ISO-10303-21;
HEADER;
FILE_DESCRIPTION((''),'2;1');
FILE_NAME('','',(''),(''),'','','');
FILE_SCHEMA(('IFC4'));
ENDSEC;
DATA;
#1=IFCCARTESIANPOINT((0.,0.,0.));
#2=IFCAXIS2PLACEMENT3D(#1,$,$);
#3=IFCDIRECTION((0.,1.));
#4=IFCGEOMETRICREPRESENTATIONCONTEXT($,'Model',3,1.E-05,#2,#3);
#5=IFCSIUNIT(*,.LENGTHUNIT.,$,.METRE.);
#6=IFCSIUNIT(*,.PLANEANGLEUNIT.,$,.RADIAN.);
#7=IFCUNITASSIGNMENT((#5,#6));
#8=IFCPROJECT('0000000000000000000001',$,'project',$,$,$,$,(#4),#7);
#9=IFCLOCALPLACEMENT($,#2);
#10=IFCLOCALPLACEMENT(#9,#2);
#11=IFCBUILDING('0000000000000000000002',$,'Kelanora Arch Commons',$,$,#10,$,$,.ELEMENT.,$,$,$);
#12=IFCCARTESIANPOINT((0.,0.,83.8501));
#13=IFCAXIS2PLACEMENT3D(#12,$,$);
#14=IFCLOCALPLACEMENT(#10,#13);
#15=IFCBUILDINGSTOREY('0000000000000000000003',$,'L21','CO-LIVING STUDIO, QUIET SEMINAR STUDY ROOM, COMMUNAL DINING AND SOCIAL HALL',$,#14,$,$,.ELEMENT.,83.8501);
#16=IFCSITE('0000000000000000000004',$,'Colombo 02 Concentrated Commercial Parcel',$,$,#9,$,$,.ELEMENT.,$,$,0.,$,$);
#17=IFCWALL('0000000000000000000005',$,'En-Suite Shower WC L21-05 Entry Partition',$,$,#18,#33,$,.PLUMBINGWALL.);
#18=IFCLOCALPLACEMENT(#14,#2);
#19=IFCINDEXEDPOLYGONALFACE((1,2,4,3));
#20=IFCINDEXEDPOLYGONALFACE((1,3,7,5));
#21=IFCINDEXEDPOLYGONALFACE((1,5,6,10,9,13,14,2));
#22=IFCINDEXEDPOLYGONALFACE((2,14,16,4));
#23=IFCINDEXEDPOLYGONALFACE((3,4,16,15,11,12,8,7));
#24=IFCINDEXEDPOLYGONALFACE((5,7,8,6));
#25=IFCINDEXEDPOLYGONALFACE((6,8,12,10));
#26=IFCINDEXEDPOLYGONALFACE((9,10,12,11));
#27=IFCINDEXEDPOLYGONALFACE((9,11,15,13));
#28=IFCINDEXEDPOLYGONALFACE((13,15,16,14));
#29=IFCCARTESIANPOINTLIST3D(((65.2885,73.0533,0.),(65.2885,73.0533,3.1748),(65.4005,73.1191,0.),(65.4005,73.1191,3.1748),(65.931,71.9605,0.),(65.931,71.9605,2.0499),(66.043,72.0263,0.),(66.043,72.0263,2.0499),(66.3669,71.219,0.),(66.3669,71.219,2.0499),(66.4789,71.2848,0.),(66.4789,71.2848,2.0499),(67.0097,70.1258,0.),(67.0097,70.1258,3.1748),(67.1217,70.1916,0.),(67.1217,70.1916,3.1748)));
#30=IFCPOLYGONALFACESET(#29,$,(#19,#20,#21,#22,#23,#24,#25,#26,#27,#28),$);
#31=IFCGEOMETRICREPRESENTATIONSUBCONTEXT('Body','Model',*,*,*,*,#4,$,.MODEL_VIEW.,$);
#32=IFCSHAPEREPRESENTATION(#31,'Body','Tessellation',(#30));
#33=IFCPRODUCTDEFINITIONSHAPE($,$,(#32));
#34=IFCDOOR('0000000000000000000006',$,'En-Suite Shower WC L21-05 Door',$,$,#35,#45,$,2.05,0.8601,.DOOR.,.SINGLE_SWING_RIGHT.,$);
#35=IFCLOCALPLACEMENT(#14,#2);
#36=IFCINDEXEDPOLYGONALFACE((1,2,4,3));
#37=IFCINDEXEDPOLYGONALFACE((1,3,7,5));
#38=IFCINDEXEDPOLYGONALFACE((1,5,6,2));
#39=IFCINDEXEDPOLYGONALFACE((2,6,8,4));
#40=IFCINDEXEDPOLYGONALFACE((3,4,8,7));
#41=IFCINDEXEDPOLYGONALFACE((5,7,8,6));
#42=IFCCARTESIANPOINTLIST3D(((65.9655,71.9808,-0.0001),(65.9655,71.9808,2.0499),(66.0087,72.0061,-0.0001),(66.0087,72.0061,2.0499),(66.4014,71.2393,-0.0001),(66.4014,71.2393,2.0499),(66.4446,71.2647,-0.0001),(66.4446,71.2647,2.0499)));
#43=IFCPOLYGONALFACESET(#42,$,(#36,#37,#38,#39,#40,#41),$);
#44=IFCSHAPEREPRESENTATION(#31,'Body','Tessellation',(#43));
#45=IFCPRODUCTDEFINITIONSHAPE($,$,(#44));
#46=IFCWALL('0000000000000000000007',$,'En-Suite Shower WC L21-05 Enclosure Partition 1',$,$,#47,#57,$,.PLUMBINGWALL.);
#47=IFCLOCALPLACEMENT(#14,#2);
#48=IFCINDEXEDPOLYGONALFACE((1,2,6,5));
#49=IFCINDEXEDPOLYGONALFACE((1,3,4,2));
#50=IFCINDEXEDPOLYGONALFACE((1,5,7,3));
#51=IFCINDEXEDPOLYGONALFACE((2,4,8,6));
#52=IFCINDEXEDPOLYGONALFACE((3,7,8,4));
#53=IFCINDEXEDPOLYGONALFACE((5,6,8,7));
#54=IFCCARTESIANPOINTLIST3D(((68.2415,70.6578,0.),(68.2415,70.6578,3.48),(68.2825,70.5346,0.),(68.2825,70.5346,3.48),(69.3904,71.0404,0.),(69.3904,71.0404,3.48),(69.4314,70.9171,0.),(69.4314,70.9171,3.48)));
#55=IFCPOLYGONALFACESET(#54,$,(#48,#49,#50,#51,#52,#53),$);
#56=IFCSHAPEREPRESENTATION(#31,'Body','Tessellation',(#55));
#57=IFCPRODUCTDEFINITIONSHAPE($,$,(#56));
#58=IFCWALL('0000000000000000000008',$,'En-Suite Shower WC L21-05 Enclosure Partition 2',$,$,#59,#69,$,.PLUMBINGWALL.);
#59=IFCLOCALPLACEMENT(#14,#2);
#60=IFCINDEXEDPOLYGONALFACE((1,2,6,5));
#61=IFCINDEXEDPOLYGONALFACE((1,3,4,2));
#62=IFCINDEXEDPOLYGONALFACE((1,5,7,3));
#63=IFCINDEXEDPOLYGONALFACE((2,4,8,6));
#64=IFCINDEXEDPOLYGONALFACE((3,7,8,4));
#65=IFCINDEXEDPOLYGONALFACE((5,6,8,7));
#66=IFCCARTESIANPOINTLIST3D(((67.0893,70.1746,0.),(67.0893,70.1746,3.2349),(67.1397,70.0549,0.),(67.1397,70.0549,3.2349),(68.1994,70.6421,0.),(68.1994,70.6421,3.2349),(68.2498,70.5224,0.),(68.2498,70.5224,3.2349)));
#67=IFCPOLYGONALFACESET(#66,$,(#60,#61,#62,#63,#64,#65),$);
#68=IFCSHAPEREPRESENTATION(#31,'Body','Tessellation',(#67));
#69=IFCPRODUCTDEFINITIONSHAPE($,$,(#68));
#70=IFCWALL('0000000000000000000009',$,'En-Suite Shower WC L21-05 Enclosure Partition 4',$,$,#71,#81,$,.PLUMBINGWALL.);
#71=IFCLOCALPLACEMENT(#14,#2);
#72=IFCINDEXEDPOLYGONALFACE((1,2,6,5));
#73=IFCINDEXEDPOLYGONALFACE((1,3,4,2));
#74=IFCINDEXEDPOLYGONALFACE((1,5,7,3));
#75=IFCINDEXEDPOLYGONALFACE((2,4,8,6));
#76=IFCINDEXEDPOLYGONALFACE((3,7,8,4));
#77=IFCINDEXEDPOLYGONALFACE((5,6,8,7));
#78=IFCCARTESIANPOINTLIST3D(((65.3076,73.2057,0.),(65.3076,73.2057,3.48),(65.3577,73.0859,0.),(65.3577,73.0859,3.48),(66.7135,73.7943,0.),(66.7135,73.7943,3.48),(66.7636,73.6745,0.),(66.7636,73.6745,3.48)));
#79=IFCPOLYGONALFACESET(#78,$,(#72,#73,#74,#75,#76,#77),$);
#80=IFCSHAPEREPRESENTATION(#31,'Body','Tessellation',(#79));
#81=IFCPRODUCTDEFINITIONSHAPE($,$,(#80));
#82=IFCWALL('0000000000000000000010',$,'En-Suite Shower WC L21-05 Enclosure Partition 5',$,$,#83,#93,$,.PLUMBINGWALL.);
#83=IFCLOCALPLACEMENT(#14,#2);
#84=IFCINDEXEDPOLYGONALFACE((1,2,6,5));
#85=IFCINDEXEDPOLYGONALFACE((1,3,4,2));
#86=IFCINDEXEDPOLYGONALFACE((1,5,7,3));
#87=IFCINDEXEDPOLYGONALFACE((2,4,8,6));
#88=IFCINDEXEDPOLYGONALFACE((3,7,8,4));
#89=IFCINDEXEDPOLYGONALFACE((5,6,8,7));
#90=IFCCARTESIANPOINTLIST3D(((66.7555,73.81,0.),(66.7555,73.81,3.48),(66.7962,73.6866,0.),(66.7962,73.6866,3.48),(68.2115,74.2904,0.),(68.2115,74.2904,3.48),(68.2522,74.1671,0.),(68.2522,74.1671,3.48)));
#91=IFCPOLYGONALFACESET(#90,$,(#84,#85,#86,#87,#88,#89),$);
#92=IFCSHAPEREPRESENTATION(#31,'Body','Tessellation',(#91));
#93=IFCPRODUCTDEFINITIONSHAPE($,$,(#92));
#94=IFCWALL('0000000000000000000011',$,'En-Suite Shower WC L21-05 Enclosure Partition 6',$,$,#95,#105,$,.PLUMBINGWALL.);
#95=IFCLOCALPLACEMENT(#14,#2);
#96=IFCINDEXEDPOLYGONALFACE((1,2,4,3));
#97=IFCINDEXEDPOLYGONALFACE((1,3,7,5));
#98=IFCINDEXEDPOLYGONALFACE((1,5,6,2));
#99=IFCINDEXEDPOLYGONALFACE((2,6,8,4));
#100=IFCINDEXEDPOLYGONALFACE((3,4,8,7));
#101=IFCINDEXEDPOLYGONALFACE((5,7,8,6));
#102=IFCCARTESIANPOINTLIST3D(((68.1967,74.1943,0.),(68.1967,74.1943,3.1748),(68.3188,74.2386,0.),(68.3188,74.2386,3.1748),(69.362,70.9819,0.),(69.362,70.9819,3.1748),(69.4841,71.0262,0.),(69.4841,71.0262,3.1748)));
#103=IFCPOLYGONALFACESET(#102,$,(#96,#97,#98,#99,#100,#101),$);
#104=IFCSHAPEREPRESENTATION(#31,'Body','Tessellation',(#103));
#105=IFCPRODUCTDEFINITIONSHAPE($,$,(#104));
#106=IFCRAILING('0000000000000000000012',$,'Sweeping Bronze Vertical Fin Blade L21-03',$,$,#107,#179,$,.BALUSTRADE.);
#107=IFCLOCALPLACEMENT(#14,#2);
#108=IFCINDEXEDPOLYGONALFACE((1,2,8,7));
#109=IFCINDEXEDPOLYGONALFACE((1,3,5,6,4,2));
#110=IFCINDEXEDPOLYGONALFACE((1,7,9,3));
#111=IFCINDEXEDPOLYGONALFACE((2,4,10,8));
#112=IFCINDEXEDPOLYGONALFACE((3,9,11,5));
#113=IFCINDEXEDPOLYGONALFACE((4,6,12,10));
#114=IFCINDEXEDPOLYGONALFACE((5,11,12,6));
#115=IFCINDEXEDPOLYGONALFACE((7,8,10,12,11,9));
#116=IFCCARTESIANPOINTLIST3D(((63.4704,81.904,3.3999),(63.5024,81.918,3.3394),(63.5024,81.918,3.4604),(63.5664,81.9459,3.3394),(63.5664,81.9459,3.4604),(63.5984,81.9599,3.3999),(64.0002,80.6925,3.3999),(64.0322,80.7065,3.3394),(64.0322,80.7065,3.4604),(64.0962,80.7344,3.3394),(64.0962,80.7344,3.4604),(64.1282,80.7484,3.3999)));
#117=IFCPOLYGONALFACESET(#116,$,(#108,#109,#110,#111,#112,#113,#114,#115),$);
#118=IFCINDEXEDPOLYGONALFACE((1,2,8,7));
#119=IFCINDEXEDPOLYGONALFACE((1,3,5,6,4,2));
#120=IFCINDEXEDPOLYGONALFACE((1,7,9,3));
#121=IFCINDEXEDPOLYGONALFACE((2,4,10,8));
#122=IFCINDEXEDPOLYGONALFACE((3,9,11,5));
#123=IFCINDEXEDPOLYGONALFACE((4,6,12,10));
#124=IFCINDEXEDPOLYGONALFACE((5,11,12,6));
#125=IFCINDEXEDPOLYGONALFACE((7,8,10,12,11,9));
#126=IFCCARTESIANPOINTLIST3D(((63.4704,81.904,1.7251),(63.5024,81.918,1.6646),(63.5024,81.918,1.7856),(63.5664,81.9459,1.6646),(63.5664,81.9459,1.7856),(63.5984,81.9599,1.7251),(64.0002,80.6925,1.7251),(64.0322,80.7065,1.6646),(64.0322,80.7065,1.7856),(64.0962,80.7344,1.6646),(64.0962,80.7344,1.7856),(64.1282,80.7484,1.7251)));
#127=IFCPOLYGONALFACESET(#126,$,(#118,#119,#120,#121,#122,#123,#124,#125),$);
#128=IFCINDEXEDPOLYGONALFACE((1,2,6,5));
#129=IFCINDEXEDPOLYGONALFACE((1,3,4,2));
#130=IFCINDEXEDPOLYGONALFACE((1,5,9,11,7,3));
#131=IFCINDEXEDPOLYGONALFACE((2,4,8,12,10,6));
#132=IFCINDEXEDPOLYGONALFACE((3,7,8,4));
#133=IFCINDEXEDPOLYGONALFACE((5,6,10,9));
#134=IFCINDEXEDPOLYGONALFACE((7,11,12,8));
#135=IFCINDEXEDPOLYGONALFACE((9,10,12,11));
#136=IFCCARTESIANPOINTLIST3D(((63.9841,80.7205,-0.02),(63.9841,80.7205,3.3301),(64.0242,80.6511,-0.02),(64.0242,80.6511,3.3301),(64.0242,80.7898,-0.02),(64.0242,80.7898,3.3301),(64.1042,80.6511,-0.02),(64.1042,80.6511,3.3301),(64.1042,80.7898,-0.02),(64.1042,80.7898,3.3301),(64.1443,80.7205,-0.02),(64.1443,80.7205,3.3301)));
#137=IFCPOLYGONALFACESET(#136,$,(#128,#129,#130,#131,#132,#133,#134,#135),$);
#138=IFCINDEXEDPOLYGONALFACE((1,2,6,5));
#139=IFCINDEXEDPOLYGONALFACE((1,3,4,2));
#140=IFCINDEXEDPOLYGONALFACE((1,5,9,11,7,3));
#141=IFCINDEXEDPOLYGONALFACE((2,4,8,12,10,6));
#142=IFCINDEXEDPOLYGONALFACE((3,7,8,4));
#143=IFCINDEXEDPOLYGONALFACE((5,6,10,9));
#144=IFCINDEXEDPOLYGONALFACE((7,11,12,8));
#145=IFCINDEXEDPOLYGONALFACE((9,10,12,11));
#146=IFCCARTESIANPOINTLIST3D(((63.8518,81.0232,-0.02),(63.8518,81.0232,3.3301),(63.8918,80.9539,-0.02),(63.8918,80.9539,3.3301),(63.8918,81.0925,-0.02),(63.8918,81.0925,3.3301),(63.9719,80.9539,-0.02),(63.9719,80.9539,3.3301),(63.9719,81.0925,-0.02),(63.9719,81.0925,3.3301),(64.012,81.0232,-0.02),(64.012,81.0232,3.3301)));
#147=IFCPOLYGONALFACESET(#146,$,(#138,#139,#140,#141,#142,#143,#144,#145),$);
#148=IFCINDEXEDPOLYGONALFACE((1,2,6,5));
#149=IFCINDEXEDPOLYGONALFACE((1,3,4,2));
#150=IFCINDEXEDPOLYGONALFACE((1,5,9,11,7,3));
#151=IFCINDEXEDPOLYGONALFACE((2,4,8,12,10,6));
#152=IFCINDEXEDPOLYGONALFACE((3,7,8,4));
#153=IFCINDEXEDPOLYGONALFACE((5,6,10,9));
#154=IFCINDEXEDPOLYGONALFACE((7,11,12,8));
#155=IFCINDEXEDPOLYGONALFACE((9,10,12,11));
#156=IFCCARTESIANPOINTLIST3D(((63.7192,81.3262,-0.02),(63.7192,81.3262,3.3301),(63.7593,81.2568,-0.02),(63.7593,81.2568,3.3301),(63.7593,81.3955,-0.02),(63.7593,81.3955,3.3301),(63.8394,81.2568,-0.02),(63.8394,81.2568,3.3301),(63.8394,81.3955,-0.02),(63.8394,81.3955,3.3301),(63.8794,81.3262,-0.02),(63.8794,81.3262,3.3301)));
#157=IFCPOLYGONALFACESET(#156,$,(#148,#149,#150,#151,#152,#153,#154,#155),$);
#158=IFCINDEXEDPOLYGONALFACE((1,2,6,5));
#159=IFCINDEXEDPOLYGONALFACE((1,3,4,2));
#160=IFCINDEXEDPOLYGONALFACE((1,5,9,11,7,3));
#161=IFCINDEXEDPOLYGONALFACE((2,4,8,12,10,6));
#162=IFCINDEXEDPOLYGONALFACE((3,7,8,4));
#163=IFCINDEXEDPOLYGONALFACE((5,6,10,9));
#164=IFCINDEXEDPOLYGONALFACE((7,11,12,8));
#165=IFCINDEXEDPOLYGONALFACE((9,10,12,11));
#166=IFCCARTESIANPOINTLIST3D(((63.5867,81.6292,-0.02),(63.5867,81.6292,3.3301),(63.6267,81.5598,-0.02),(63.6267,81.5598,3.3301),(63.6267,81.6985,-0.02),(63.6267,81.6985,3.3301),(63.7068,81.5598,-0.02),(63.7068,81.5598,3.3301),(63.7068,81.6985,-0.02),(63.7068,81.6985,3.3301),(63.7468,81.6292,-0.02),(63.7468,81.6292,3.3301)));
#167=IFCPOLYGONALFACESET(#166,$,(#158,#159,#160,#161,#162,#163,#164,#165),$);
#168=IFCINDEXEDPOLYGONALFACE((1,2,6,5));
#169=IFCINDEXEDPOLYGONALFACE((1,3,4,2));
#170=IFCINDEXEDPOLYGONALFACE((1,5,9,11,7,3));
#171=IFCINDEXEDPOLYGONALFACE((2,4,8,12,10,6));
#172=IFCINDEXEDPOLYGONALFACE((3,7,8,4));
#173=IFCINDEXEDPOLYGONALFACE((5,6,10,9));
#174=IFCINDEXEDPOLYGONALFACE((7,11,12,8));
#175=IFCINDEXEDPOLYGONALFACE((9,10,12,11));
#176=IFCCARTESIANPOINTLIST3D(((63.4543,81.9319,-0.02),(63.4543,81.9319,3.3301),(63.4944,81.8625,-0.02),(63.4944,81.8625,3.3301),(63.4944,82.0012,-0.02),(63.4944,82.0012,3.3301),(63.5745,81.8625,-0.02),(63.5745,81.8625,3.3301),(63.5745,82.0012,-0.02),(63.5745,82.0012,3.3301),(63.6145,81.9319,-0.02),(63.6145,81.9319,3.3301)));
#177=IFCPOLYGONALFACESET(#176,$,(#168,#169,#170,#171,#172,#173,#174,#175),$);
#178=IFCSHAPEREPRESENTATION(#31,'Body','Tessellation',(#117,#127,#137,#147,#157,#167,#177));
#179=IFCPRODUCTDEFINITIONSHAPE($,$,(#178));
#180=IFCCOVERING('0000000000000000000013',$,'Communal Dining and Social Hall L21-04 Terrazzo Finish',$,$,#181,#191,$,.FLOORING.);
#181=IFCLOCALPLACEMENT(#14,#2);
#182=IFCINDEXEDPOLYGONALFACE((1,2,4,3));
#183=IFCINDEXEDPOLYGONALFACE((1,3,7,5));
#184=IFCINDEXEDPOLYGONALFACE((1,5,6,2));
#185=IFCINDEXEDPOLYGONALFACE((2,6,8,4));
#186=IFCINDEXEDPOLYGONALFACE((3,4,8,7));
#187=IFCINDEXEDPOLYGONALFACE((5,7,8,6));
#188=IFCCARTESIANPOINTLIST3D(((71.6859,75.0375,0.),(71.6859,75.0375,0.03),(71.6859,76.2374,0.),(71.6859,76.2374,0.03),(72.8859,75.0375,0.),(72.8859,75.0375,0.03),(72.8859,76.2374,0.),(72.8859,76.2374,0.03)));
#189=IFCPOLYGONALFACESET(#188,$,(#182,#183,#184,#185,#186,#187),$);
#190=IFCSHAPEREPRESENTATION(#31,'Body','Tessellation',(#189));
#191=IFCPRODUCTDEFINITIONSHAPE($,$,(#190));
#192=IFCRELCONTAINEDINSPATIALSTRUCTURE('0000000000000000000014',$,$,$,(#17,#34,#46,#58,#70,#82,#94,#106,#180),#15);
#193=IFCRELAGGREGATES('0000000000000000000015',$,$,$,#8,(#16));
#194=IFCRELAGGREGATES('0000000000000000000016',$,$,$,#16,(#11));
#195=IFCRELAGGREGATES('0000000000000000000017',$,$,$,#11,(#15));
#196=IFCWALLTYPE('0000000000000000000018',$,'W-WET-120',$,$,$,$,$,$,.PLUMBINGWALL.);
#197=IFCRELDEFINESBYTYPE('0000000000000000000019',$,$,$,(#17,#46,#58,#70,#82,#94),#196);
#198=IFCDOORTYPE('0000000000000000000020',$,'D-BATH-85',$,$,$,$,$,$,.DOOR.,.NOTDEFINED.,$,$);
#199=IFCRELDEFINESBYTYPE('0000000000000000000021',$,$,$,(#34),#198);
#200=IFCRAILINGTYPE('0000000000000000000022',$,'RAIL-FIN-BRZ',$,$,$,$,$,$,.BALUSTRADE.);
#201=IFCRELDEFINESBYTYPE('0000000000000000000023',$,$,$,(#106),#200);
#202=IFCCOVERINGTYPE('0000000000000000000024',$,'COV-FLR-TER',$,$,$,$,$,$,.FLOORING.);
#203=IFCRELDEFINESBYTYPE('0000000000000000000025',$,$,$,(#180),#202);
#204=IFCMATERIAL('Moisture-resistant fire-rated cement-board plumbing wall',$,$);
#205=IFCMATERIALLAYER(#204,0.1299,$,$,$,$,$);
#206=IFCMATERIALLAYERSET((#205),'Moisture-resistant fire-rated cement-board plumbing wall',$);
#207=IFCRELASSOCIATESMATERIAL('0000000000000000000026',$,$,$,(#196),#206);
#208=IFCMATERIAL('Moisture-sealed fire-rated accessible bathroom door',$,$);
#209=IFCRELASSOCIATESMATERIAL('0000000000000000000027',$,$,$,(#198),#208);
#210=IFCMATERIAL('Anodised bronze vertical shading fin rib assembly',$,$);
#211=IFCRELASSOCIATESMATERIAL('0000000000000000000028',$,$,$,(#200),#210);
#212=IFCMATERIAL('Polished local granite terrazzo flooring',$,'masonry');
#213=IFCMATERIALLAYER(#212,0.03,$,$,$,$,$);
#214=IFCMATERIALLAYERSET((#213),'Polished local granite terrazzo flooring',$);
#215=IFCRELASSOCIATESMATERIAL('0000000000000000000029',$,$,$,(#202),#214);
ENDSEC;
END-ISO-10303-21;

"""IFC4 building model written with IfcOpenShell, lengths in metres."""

from ifc_helpers import new_model, si_unit, direction, frame, frame_2d, origin, origin_2d, place, context, subcontext, project, spatial, polyline, rectangle, outline, extrude, source, transform, mapped, material, layer, layer_set, type_object, element, fill, save


model = new_model("IFC4")

# Units and contexts
model_context = context("Model", 3, precision=1e-05, world=origin(), true_north=direction((0.0, 1.0)))
body_context = subcontext(model_context, "Body", "Model", "MODEL_VIEW")
ifc_project = project(units=[si_unit("LENGTHUNIT", "METRE"), si_unit("PLANEANGLEUNIT", "RADIAN")], contexts=[model_context])

# Site, building, storey
site_placement = place(None, origin())
site = spatial("IfcSite", under=ifc_project, at=site_placement, Name="Colombo 02 Concentrated Commercial Parcel", CompositionType="ELEMENT", RefElevation=0.0)
building_placement = place(site_placement, origin())
building = spatial("IfcBuilding", under=site, at=building_placement, Name="Kelanora Arch Commons", CompositionType="ELEMENT")
storey_placement = place(building_placement, frame((0.0, 0.0, 83.8501)))
storey = spatial("IfcBuildingStorey", under=building, at=storey_placement, Name="L21", Description="CO-LIVING STUDIO, QUIET SEMINAR STUDY ROOM, COMMUNAL DINING AND SOCIAL HALL", CompositionType="ELEMENT", Elevation=83.8501)

# Wall, opening, door
ifc_material_1 = material(Name="Moisture-resistant fire-rated cement-board plumbing wall")
ifc_layer_1 = layer(ifc_material_1, 0.1299)
ifc_layer_set_1 = layer_set([ifc_layer_1], Name="Moisture-resistant fire-rated cement-board plumbing wall")
wall_type_1 = type_object("IfcWallType", Name="W-WET-120", PredefinedType="PLUMBINGWALL", material=ifc_layer_set_1)
wall_1_placement = place(storey_placement, frame((67.0657, 70.1587, 0.0), z_axis=(0.0, 0.0, 1.0), x_axis=(-0.506832, 0.862045, 0.0)))
wall_1 = element("IfcWall", 1, at=wall_1_placement, inside=storey, type_object=wall_type_1, Name="En-Suite Shower WC L21-05 Entry Partition", PredefinedType="PLUMBINGWALL", context=body_context, shape_type="SweptSolid", body=[
    extrude(rectangle(XDim=3.396, YDim=0.1299, at=frame_2d((1.698, 0.0))), origin(), (0.0, 0.0, 1.0), 3.1748),
])
opening_1_placement = place(wall_1_placement, frame((1.2681, 0.0, 0.0)))
opening_1 = element("IfcOpeningElement", 2, at=opening_1_placement, cuts=wall_1, PredefinedType="OPENING", context=body_context, shape_type="SweptSolid", body=[
    extrude(rectangle(XDim=0.8601, YDim=2.05, at=frame_2d((0.4302, 1.0249))), frame((0.0, 0.075, 0.0), z_axis=(0.0, -1.0, 0.0), x_axis=(1.0, 0.0, 0.0)), (0.0, 0.0, 1.0), 0.1499),
])
ifc_material_2 = material(Name="Moisture-sealed fire-rated accessible bathroom door")
door_type_1 = type_object("IfcDoorType", Name="D-BATH-85", OperationType="NOTDEFINED", PredefinedType="DOOR", material=ifc_material_2)
door_1_placement = place(opening_1_placement, origin())
door_1 = element("IfcDoor", 3, at=door_1_placement, inside=storey, type_object=door_type_1, Name="En-Suite Shower WC L21-05 Door", OperationType="SINGLE_SWING_RIGHT", OverallHeight=2.05, OverallWidth=0.8601, PredefinedType="DOOR", context=body_context, shape_type="SweptSolid", body=[
    extrude(rectangle(XDim=0.8601, YDim=2.05, at=frame_2d((0.4302, 1.0249))), frame((0.0, 0.0249, 0.0), z_axis=(0.0, -1.0, 0.0), x_axis=(1.0, 0.0, 0.0)), (0.0, 0.0, 1.0), 0.05),
])
fill(opening_1, door_1)

# Walls
wall_2_placement = place(storey_placement, frame((69.4109, 70.9788, 0.0), z_axis=(0.0, 0.0, 1.0), x_axis=(-0.948784, -0.315925, 0.0)))
element("IfcWall", 4, at=wall_2_placement, inside=storey, type_object=wall_type_1, Name="En-Suite Shower WC L21-05 Enclosure Partition 1", PredefinedType="PLUMBINGWALL", context=body_context, shape_type="SweptSolid", body=[
    extrude(rectangle(XDim=1.2109, YDim=0.1299, at=frame_2d((0.6055, 0.0))), origin(), (0.0, 0.0, 1.0), 3.48),
])
wall_3_placement = place(storey_placement, frame((68.2246, 70.5823, 0.0), z_axis=(0.0, 0.0, 1.0), x_axis=(-0.921601, -0.388139, 0.0)))
element("IfcWall", 5, at=wall_3_placement, inside=storey, type_object=wall_type_1, Name="En-Suite Shower WC L21-05 Enclosure Partition 2", PredefinedType="PLUMBINGWALL", context=body_context, shape_type="SweptSolid", body=[
    extrude(rectangle(XDim=1.2046, YDim=0.1299, at=frame_2d((0.6023, 0.0))), origin(), (0.0, 0.0, 1.0), 3.2349),
])
wall_4_placement = place(storey_placement, frame((65.3325, 73.1458, 0.0), z_axis=(0.0, 0.0, 1.0), x_axis=(0.922426, 0.386173, 0.0)))
element("IfcWall", 6, at=wall_4_placement, inside=storey, type_object=wall_type_1, Name="En-Suite Shower WC L21-05 Enclosure Partition 4", PredefinedType="PLUMBINGWALL", context=body_context, shape_type="SweptSolid", body=[
    extrude(rectangle(XDim=1.5242, YDim=0.1299, at=frame_2d((0.7622, 0.0))), origin(), (0.0, 0.0, 1.0), 3.48),
])
wall_5_placement = place(storey_placement, frame((66.7759, 73.7483, 0.0), z_axis=(0.0, 0.0, 1.0), x_axis=(0.949634, 0.31336, 0.0)))
element("IfcWall", 7, at=wall_5_placement, inside=storey, type_object=wall_type_1, Name="En-Suite Shower WC L21-05 Enclosure Partition 5", PredefinedType="PLUMBINGWALL", context=body_context, shape_type="SweptSolid", body=[
    extrude(rectangle(XDim=1.5332, YDim=0.1299, at=frame_2d((0.7666, 0.0))), origin(), (0.0, 0.0, 1.0), 3.48),
])
wall_6_placement = place(storey_placement, frame((68.2578, 74.2163, 0.0), z_axis=(0.0, 0.0, 1.0), x_axis=(0.341003, -0.940062, 0.0)))
element("IfcWall", 8, at=wall_6_placement, inside=storey, type_object=wall_type_1, Name="En-Suite Shower WC L21-05 Enclosure Partition 6", PredefinedType="PLUMBINGWALL", context=body_context, shape_type="SweptSolid", body=[
    extrude(rectangle(XDim=3.4172, YDim=0.1299, at=frame_2d((1.7085, 0.0))), origin(), (0.0, 0.0, 1.0), 3.1748),
])

# Railing
ifc_material_3 = material(Name="Anodised bronze vertical shading fin rib assembly")
railing_type = type_object("IfcRailingType", Name="RAIL-FIN-BRZ", PredefinedType="BALUSTRADE", material=ifc_material_3)
railing_placement = place(storey_placement, frame((64.0642, 80.7205, -0.02)))
element("IfcRailing", 9, at=railing_placement, inside=storey, type_object=railing_type, Name="Sweeping Bronze Vertical Fin Blade L21-03", PredefinedType="BALUSTRADE", context=body_context, shape_type="SweptSolid", body=[
    extrude(outline(polyline([(0.0698, 0.0), (0.0349, 0.0605), (-0.0349, 0.0605), (-0.0698, 0.0), (-0.0349, -0.0605), (0.0349, -0.0605), (0.0698, 0.0)])), frame((0.0, 0.0, 3.4199), z_axis=(-0.400683, 0.916217, 0.0), x_axis=(-0.916217, -0.400683, 0.0)), (0.0, 0.0, 1.0), 1.3223),
    extrude(outline(polyline([(0.0698, 0.0), (0.0349, 0.0605), (-0.0349, 0.0605), (-0.0698, 0.0), (-0.0349, -0.0605), (0.0349, -0.0605), (0.0698, 0.0)])), frame((0.0, 0.0, 1.7451), z_axis=(-0.400683, 0.916217, 0.0), x_axis=(-0.916217, -0.400683, 0.0)), (0.0, 0.0, 1.0), 1.3223),
    extrude(outline(polyline([(0.0801, 0.0), (0.04, 0.0693), (-0.04, 0.0693), (-0.0801, 0.0), (-0.04, -0.0693), (0.04, -0.0693), (0.0801, 0.0)])), origin(), (0.0, 0.0, 1.0), 3.3501),
    extrude(outline(polyline([(0.0801, 0.0), (0.04, 0.0693), (-0.04, 0.0693), (-0.0801, 0.0), (-0.04, -0.0693), (0.04, -0.0693), (0.0801, 0.0)])), frame((-0.1323, 0.3027, 0.0)), (0.0, 0.0, 1.0), 3.3501),
    extrude(outline(polyline([(0.0801, 0.0), (0.04, 0.0693), (-0.04, 0.0693), (-0.0801, 0.0), (-0.04, -0.0693), (0.04, -0.0693), (0.0801, 0.0)])), frame((-0.2649, 0.6057, 0.0)), (0.0, 0.0, 1.0), 3.3501),
    extrude(outline(polyline([(0.0801, 0.0), (0.04, 0.0693), (-0.04, 0.0693), (-0.0801, 0.0), (-0.04, -0.0693), (0.04, -0.0693), (0.0801, 0.0)])), frame((-0.3975, 0.9087, 0.0)), (0.0, 0.0, 1.0), 3.3501),
    extrude(outline(polyline([(0.0801, 0.0), (0.04, 0.0693), (-0.04, 0.0693), (-0.0801, 0.0), (-0.04, -0.0693), (0.04, -0.0693), (0.0801, 0.0)])), frame((-0.5298, 1.2114, 0.0)), (0.0, 0.0, 1.0), 3.3501),
])

# Covering
ifc_material_4 = material(Name="Polished local granite terrazzo flooring", Category="masonry")
ifc_layer_2 = layer(ifc_material_4, 0.03)
ifc_layer_set_2 = layer_set([ifc_layer_2], Name="Polished local granite terrazzo flooring")
covering_type = type_object("IfcCoveringType", Name="COV-FLR-TER", PredefinedType="FLOORING", material=ifc_layer_set_2)
shared_shape_1 = source(origin(), body_context, "Body", "SweptSolid", [
    extrude(rectangle(XDim=1.2, YDim=1.2, at=origin_2d()), origin(), (0.0, 0.0, 1.0), 0.03),
])
for number, where, z_axis, x_axis, name in (
    (10, (72.2859, 75.6375, 0.0), (0.0, 0.0, 1.0), (1.0, 0.0, 0.0), "Communal Dining and Social Hall L21-04 Terrazzo Finish"),
):
    element("IfcCovering", number, at=place(storey_placement, frame(where, z_axis=z_axis, x_axis=x_axis)), inside=storey, type_object=covering_type, Name=name, PredefinedType="FLOORING", context=body_context, shape_type="MappedRepresentation", body=[
        mapped(shared_shape_1, transform((0.0, 0.0, 0.0), scale=1.0)),
    ])

save(model, "model.ifc")
